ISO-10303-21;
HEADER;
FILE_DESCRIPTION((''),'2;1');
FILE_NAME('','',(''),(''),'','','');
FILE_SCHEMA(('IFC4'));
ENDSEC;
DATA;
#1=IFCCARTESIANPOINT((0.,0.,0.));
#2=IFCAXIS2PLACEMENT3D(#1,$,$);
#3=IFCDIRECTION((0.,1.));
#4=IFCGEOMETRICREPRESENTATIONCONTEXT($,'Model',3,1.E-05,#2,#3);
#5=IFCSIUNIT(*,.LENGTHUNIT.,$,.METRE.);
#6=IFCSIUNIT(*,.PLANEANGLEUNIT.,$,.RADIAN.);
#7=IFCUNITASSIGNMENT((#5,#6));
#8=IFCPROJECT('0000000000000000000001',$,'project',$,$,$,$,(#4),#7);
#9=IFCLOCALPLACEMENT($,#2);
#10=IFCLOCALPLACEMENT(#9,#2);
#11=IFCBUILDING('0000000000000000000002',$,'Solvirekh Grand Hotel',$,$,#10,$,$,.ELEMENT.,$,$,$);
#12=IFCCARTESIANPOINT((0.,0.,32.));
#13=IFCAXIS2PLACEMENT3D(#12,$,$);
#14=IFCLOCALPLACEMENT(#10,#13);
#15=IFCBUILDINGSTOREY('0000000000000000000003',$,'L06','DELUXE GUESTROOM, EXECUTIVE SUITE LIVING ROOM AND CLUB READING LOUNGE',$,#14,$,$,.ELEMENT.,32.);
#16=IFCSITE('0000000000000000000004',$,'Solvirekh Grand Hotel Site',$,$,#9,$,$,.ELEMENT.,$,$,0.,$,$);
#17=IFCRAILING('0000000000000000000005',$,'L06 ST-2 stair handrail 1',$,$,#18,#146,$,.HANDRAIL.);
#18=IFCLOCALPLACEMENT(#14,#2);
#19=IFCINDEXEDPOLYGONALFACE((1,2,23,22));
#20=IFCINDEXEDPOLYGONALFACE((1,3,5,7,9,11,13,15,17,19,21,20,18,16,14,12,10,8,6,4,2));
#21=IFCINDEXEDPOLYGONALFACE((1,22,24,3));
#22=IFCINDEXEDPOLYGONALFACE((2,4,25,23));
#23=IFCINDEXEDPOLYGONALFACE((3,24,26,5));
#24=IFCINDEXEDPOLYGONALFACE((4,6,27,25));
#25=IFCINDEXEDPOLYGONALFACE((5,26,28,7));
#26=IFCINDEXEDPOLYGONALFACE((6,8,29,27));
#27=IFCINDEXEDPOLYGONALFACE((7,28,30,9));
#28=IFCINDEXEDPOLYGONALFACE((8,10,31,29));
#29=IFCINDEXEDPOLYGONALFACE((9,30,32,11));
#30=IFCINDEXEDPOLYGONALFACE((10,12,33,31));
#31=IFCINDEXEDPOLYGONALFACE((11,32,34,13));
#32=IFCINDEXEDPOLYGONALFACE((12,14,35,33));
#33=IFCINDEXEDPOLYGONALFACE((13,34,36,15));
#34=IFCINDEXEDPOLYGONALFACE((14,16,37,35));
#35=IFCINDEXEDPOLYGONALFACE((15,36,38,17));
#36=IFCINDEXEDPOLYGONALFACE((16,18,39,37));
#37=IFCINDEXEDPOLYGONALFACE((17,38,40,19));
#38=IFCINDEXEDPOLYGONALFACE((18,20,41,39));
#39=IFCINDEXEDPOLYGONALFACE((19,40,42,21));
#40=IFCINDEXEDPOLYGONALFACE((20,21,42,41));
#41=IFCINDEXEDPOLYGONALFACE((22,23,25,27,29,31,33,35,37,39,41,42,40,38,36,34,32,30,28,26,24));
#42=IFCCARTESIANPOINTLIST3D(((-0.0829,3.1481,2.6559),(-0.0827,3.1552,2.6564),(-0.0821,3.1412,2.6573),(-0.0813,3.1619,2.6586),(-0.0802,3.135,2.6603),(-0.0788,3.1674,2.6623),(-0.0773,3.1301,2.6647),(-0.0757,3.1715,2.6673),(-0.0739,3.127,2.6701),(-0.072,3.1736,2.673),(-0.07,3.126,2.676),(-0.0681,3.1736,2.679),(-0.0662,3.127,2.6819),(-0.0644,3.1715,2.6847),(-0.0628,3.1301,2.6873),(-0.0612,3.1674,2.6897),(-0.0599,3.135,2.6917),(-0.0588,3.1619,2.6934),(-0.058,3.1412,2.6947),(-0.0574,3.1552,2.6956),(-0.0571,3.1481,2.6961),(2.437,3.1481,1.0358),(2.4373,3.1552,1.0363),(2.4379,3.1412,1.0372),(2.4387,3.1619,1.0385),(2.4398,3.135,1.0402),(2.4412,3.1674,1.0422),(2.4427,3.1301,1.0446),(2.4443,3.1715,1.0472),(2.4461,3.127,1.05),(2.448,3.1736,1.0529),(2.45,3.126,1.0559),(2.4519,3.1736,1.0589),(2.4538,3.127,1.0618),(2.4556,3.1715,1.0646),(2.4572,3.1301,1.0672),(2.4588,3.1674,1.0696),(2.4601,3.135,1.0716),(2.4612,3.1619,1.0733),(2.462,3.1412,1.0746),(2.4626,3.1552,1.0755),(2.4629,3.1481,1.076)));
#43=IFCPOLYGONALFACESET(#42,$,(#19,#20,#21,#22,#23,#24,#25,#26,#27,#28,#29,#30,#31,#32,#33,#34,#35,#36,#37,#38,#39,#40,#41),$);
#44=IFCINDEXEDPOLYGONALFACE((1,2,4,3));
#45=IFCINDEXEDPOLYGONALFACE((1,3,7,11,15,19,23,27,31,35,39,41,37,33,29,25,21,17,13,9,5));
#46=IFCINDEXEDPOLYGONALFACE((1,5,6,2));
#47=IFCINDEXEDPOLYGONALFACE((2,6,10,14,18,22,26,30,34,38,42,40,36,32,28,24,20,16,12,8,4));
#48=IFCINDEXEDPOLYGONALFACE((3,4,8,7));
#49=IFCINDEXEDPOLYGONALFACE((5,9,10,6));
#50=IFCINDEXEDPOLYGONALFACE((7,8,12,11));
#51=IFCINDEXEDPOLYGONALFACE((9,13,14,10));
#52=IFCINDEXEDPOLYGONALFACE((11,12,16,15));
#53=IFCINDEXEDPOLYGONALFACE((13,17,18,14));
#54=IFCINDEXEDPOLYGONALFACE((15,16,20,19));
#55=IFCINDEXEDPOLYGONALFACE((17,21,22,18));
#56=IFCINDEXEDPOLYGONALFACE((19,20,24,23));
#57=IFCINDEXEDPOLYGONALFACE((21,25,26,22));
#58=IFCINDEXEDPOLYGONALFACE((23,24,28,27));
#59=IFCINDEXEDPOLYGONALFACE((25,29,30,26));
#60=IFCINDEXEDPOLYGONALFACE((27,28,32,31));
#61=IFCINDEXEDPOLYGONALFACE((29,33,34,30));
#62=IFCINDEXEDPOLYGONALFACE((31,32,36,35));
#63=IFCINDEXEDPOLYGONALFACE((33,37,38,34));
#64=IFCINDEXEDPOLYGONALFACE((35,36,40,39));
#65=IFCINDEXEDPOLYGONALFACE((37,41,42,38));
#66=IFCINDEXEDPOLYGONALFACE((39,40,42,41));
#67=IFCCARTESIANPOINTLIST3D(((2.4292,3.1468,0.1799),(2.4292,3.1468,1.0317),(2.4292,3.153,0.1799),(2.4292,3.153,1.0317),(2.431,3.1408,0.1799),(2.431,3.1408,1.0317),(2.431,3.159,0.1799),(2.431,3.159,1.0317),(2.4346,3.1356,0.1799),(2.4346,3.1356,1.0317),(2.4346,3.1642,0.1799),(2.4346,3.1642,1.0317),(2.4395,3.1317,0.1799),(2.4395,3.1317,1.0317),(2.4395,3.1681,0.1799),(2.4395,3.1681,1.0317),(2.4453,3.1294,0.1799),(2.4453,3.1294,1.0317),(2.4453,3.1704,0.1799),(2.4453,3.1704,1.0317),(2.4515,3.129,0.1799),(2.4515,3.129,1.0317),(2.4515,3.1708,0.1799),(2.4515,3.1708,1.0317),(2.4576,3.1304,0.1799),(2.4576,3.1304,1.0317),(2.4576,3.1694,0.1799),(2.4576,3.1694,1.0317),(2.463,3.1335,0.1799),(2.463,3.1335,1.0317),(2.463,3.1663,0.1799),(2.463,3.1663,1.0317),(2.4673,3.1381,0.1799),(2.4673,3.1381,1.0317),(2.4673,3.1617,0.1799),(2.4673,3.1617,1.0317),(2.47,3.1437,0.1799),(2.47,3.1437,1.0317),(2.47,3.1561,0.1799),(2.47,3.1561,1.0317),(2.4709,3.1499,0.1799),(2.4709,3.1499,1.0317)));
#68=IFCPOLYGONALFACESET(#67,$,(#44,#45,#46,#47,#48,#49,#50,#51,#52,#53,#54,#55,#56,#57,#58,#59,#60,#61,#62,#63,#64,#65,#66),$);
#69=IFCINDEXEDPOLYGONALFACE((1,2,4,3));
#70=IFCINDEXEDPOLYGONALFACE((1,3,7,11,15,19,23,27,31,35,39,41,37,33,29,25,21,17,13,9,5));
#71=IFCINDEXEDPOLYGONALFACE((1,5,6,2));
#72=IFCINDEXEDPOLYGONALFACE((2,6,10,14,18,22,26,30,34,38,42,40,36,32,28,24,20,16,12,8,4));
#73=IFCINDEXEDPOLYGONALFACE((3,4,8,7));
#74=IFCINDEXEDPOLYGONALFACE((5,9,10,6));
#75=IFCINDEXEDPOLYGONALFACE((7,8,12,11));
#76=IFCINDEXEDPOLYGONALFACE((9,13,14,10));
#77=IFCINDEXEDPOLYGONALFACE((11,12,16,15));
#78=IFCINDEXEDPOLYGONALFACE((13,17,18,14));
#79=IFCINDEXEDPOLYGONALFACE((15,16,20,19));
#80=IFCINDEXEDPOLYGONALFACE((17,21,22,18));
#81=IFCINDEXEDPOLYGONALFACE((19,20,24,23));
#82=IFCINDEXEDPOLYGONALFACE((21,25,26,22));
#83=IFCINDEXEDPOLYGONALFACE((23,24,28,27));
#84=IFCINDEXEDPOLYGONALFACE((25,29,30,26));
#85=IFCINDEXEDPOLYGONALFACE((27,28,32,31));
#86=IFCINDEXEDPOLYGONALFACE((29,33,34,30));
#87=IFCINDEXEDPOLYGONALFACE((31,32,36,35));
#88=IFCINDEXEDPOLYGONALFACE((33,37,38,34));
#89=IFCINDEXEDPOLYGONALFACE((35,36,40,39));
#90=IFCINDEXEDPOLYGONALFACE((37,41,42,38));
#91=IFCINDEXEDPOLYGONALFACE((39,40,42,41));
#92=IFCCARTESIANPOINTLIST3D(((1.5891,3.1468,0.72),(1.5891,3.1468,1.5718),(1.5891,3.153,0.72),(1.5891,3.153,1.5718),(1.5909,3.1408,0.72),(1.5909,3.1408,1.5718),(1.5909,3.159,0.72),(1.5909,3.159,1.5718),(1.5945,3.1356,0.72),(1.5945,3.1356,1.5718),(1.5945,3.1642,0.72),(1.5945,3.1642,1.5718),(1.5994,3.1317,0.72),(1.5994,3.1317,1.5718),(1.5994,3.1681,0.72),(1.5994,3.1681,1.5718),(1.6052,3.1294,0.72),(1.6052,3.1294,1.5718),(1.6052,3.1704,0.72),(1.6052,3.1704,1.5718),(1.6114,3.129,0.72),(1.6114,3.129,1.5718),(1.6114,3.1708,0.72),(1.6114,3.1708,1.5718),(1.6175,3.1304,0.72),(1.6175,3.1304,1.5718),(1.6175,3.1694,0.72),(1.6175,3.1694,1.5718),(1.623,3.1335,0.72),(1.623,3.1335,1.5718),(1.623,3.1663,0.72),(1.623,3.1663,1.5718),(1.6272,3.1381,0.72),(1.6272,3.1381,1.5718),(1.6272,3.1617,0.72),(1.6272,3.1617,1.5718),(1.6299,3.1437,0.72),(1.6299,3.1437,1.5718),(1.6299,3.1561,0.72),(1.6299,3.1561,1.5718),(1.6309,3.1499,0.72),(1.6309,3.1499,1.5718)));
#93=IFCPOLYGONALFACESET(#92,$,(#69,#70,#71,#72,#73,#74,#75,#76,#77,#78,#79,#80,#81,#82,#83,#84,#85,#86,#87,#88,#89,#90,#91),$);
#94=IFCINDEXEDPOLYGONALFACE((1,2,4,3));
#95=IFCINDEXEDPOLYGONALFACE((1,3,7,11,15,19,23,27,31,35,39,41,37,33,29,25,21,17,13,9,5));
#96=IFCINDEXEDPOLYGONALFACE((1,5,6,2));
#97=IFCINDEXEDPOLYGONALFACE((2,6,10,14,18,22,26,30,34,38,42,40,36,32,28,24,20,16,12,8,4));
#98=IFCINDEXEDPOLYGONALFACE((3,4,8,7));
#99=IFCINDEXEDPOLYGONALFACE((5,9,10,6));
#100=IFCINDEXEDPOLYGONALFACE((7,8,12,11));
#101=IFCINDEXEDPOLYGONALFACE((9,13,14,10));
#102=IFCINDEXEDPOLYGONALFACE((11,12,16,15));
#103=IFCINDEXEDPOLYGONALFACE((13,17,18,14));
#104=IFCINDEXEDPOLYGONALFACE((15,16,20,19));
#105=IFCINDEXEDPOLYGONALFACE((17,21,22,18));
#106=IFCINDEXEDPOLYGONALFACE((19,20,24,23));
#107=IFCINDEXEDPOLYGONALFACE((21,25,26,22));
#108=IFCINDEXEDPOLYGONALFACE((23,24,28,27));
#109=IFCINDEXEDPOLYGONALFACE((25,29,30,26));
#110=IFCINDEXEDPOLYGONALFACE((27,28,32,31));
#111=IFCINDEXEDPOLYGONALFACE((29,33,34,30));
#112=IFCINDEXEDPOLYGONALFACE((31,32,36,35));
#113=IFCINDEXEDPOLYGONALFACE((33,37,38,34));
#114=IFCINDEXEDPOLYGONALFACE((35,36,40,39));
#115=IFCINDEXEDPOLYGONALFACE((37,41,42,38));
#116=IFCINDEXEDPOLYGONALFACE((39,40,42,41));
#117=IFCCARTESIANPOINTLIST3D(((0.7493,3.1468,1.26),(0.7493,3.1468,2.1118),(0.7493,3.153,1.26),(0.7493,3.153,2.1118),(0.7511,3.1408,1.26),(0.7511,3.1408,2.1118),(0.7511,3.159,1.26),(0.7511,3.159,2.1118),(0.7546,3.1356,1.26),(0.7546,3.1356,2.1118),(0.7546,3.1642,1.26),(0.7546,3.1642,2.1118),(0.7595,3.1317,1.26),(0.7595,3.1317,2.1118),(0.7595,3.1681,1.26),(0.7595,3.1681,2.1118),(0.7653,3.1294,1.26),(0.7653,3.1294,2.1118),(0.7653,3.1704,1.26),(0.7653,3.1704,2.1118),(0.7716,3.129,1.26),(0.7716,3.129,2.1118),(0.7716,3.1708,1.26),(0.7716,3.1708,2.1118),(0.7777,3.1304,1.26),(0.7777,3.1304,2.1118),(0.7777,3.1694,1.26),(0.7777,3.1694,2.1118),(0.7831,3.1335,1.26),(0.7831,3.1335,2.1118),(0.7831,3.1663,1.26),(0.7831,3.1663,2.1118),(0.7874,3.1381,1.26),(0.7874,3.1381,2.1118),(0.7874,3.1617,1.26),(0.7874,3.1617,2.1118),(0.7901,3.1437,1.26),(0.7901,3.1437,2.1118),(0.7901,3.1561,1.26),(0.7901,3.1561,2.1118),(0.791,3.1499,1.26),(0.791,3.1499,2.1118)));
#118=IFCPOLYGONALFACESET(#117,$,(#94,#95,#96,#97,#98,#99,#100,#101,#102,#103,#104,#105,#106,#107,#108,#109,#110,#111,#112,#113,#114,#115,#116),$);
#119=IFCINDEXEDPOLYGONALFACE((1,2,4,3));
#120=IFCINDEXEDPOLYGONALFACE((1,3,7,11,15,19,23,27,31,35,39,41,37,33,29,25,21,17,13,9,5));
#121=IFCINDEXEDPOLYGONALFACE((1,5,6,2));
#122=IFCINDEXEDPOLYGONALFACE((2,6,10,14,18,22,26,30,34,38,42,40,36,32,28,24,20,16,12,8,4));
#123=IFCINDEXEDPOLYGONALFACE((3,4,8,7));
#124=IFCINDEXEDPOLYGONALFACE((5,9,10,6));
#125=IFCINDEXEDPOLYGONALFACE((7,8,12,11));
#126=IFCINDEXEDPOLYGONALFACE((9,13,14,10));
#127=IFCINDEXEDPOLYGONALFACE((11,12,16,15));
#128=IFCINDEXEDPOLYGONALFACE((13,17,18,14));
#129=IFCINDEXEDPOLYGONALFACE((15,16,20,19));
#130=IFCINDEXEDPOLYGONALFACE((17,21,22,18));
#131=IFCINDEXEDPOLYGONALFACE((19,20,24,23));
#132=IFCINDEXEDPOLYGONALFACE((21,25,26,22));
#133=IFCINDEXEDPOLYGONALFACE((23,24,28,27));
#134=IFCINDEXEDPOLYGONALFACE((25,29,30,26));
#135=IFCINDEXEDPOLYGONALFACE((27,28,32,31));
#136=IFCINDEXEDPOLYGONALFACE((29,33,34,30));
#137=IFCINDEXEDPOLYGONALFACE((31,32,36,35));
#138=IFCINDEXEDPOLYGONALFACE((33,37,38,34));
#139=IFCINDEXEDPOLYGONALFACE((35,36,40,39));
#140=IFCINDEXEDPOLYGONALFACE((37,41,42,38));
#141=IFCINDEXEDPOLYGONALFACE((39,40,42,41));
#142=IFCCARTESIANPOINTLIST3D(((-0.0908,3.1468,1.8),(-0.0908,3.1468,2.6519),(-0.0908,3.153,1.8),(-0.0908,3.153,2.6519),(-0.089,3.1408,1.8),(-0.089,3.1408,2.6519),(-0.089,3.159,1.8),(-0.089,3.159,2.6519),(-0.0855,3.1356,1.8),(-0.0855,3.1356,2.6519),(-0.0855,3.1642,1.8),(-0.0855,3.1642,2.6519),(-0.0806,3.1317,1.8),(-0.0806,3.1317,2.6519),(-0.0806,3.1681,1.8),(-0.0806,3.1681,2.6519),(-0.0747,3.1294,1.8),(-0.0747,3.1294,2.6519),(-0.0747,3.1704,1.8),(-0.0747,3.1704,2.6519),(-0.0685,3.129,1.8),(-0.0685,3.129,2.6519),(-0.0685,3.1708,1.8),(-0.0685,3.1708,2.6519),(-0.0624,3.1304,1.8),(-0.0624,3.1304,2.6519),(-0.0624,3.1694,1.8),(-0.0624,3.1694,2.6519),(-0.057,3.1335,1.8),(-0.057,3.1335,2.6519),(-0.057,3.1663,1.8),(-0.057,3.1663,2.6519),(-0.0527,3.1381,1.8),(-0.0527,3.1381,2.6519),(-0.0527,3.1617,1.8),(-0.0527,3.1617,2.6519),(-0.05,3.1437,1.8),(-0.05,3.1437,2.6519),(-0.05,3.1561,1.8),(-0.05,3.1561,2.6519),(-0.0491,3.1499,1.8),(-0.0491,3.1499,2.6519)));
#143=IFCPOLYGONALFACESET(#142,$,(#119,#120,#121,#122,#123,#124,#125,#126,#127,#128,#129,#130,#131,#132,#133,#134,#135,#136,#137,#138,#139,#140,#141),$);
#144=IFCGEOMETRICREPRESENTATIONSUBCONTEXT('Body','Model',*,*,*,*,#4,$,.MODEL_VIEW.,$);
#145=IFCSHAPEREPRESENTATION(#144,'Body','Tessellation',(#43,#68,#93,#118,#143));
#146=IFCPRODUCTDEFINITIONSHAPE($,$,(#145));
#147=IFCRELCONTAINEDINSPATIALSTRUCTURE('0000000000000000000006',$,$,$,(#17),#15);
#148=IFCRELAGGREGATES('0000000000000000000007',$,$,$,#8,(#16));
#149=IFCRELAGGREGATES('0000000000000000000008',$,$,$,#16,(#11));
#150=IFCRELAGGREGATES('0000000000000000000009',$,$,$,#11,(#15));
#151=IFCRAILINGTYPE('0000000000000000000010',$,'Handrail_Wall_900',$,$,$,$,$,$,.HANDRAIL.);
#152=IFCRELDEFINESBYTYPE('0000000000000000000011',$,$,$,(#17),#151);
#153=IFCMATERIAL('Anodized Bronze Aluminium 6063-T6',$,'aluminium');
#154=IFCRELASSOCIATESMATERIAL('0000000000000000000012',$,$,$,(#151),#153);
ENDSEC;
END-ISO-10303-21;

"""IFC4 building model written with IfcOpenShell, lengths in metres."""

from ifc_helpers import new_model, si_unit, direction, frame, origin, origin_2d, place, context, subcontext, project, spatial, circle, extrude, material, type_object, element, save


model = new_model("IFC4")

# Units and contexts
model_context = context("Model", 3, precision=1e-05, world=origin(), true_north=direction((0.0, 1.0)))
body_context = subcontext(model_context, "Body", "Model", "MODEL_VIEW")
ifc_project = project(units=[si_unit("LENGTHUNIT", "METRE"), si_unit("PLANEANGLEUNIT", "RADIAN")], contexts=[model_context])

# Site, building, storey
site_placement = place(None, origin())
site = spatial("IfcSite", under=ifc_project, at=site_placement, Name="Solvirekh Grand Hotel Site", CompositionType="ELEMENT", RefElevation=0.0)
building_placement = place(site_placement, origin())
building = spatial("IfcBuilding", under=site, at=building_placement, Name="Solvirekh Grand Hotel", CompositionType="ELEMENT")
storey_placement = place(building_placement, frame((0.0, 0.0, 32.0)))
storey = spatial("IfcBuildingStorey", under=building, at=storey_placement, Name="L06", Description="DELUXE GUESTROOM, EXECUTIVE SUITE LIVING ROOM AND CLUB READING LOUNGE", CompositionType="ELEMENT", Elevation=32.0)

# Shared definitions
ifc_material_1 = material(Name="Anodized Bronze Aluminium 6063-T6", Category="aluminium")

# Railing
railing_type_1 = type_object("IfcRailingType", Name="Handrail_Wall_900", PredefinedType="HANDRAIL", material=ifc_material_1)
railing_1_placement = place(storey_placement, frame((2.45, 3.1499, 0.1799)))
element("IfcRailing", 1, at=railing_1_placement, inside=storey, type_object=railing_type_1, Name="L06 ST-2 stair handrail 1", PredefinedType="HANDRAIL", context=body_context, shape_type="SweptSolid", body=[
    extrude(circle(Radius=0.0239, at=origin_2d()), frame((0.0, 0.0, 0.876), z_axis=(-0.841163, 0.0, 0.540782), x_axis=(0.0, -1.0, 0.0)), (0.0, 0.0, 1.0), 2.9958),
    extrude(circle(Radius=0.021, at=origin_2d()), origin(), (0.0, 0.0, 1.0), 0.8518),
    extrude(circle(Radius=0.021, at=origin_2d()), frame((-0.8401, 0.0, 0.54)), (0.0, 0.0, 1.0), 0.8518),
    extrude(circle(Radius=0.021, at=origin_2d()), frame((-1.6799, 0.0, 1.0801)), (0.0, 0.0, 1.0), 0.8518),
    extrude(circle(Radius=0.021, at=origin_2d()), frame((-2.52, 0.0, 1.6201)), (0.0, 0.0, 1.0), 0.8518),
])

save(model, "model.ifc")
